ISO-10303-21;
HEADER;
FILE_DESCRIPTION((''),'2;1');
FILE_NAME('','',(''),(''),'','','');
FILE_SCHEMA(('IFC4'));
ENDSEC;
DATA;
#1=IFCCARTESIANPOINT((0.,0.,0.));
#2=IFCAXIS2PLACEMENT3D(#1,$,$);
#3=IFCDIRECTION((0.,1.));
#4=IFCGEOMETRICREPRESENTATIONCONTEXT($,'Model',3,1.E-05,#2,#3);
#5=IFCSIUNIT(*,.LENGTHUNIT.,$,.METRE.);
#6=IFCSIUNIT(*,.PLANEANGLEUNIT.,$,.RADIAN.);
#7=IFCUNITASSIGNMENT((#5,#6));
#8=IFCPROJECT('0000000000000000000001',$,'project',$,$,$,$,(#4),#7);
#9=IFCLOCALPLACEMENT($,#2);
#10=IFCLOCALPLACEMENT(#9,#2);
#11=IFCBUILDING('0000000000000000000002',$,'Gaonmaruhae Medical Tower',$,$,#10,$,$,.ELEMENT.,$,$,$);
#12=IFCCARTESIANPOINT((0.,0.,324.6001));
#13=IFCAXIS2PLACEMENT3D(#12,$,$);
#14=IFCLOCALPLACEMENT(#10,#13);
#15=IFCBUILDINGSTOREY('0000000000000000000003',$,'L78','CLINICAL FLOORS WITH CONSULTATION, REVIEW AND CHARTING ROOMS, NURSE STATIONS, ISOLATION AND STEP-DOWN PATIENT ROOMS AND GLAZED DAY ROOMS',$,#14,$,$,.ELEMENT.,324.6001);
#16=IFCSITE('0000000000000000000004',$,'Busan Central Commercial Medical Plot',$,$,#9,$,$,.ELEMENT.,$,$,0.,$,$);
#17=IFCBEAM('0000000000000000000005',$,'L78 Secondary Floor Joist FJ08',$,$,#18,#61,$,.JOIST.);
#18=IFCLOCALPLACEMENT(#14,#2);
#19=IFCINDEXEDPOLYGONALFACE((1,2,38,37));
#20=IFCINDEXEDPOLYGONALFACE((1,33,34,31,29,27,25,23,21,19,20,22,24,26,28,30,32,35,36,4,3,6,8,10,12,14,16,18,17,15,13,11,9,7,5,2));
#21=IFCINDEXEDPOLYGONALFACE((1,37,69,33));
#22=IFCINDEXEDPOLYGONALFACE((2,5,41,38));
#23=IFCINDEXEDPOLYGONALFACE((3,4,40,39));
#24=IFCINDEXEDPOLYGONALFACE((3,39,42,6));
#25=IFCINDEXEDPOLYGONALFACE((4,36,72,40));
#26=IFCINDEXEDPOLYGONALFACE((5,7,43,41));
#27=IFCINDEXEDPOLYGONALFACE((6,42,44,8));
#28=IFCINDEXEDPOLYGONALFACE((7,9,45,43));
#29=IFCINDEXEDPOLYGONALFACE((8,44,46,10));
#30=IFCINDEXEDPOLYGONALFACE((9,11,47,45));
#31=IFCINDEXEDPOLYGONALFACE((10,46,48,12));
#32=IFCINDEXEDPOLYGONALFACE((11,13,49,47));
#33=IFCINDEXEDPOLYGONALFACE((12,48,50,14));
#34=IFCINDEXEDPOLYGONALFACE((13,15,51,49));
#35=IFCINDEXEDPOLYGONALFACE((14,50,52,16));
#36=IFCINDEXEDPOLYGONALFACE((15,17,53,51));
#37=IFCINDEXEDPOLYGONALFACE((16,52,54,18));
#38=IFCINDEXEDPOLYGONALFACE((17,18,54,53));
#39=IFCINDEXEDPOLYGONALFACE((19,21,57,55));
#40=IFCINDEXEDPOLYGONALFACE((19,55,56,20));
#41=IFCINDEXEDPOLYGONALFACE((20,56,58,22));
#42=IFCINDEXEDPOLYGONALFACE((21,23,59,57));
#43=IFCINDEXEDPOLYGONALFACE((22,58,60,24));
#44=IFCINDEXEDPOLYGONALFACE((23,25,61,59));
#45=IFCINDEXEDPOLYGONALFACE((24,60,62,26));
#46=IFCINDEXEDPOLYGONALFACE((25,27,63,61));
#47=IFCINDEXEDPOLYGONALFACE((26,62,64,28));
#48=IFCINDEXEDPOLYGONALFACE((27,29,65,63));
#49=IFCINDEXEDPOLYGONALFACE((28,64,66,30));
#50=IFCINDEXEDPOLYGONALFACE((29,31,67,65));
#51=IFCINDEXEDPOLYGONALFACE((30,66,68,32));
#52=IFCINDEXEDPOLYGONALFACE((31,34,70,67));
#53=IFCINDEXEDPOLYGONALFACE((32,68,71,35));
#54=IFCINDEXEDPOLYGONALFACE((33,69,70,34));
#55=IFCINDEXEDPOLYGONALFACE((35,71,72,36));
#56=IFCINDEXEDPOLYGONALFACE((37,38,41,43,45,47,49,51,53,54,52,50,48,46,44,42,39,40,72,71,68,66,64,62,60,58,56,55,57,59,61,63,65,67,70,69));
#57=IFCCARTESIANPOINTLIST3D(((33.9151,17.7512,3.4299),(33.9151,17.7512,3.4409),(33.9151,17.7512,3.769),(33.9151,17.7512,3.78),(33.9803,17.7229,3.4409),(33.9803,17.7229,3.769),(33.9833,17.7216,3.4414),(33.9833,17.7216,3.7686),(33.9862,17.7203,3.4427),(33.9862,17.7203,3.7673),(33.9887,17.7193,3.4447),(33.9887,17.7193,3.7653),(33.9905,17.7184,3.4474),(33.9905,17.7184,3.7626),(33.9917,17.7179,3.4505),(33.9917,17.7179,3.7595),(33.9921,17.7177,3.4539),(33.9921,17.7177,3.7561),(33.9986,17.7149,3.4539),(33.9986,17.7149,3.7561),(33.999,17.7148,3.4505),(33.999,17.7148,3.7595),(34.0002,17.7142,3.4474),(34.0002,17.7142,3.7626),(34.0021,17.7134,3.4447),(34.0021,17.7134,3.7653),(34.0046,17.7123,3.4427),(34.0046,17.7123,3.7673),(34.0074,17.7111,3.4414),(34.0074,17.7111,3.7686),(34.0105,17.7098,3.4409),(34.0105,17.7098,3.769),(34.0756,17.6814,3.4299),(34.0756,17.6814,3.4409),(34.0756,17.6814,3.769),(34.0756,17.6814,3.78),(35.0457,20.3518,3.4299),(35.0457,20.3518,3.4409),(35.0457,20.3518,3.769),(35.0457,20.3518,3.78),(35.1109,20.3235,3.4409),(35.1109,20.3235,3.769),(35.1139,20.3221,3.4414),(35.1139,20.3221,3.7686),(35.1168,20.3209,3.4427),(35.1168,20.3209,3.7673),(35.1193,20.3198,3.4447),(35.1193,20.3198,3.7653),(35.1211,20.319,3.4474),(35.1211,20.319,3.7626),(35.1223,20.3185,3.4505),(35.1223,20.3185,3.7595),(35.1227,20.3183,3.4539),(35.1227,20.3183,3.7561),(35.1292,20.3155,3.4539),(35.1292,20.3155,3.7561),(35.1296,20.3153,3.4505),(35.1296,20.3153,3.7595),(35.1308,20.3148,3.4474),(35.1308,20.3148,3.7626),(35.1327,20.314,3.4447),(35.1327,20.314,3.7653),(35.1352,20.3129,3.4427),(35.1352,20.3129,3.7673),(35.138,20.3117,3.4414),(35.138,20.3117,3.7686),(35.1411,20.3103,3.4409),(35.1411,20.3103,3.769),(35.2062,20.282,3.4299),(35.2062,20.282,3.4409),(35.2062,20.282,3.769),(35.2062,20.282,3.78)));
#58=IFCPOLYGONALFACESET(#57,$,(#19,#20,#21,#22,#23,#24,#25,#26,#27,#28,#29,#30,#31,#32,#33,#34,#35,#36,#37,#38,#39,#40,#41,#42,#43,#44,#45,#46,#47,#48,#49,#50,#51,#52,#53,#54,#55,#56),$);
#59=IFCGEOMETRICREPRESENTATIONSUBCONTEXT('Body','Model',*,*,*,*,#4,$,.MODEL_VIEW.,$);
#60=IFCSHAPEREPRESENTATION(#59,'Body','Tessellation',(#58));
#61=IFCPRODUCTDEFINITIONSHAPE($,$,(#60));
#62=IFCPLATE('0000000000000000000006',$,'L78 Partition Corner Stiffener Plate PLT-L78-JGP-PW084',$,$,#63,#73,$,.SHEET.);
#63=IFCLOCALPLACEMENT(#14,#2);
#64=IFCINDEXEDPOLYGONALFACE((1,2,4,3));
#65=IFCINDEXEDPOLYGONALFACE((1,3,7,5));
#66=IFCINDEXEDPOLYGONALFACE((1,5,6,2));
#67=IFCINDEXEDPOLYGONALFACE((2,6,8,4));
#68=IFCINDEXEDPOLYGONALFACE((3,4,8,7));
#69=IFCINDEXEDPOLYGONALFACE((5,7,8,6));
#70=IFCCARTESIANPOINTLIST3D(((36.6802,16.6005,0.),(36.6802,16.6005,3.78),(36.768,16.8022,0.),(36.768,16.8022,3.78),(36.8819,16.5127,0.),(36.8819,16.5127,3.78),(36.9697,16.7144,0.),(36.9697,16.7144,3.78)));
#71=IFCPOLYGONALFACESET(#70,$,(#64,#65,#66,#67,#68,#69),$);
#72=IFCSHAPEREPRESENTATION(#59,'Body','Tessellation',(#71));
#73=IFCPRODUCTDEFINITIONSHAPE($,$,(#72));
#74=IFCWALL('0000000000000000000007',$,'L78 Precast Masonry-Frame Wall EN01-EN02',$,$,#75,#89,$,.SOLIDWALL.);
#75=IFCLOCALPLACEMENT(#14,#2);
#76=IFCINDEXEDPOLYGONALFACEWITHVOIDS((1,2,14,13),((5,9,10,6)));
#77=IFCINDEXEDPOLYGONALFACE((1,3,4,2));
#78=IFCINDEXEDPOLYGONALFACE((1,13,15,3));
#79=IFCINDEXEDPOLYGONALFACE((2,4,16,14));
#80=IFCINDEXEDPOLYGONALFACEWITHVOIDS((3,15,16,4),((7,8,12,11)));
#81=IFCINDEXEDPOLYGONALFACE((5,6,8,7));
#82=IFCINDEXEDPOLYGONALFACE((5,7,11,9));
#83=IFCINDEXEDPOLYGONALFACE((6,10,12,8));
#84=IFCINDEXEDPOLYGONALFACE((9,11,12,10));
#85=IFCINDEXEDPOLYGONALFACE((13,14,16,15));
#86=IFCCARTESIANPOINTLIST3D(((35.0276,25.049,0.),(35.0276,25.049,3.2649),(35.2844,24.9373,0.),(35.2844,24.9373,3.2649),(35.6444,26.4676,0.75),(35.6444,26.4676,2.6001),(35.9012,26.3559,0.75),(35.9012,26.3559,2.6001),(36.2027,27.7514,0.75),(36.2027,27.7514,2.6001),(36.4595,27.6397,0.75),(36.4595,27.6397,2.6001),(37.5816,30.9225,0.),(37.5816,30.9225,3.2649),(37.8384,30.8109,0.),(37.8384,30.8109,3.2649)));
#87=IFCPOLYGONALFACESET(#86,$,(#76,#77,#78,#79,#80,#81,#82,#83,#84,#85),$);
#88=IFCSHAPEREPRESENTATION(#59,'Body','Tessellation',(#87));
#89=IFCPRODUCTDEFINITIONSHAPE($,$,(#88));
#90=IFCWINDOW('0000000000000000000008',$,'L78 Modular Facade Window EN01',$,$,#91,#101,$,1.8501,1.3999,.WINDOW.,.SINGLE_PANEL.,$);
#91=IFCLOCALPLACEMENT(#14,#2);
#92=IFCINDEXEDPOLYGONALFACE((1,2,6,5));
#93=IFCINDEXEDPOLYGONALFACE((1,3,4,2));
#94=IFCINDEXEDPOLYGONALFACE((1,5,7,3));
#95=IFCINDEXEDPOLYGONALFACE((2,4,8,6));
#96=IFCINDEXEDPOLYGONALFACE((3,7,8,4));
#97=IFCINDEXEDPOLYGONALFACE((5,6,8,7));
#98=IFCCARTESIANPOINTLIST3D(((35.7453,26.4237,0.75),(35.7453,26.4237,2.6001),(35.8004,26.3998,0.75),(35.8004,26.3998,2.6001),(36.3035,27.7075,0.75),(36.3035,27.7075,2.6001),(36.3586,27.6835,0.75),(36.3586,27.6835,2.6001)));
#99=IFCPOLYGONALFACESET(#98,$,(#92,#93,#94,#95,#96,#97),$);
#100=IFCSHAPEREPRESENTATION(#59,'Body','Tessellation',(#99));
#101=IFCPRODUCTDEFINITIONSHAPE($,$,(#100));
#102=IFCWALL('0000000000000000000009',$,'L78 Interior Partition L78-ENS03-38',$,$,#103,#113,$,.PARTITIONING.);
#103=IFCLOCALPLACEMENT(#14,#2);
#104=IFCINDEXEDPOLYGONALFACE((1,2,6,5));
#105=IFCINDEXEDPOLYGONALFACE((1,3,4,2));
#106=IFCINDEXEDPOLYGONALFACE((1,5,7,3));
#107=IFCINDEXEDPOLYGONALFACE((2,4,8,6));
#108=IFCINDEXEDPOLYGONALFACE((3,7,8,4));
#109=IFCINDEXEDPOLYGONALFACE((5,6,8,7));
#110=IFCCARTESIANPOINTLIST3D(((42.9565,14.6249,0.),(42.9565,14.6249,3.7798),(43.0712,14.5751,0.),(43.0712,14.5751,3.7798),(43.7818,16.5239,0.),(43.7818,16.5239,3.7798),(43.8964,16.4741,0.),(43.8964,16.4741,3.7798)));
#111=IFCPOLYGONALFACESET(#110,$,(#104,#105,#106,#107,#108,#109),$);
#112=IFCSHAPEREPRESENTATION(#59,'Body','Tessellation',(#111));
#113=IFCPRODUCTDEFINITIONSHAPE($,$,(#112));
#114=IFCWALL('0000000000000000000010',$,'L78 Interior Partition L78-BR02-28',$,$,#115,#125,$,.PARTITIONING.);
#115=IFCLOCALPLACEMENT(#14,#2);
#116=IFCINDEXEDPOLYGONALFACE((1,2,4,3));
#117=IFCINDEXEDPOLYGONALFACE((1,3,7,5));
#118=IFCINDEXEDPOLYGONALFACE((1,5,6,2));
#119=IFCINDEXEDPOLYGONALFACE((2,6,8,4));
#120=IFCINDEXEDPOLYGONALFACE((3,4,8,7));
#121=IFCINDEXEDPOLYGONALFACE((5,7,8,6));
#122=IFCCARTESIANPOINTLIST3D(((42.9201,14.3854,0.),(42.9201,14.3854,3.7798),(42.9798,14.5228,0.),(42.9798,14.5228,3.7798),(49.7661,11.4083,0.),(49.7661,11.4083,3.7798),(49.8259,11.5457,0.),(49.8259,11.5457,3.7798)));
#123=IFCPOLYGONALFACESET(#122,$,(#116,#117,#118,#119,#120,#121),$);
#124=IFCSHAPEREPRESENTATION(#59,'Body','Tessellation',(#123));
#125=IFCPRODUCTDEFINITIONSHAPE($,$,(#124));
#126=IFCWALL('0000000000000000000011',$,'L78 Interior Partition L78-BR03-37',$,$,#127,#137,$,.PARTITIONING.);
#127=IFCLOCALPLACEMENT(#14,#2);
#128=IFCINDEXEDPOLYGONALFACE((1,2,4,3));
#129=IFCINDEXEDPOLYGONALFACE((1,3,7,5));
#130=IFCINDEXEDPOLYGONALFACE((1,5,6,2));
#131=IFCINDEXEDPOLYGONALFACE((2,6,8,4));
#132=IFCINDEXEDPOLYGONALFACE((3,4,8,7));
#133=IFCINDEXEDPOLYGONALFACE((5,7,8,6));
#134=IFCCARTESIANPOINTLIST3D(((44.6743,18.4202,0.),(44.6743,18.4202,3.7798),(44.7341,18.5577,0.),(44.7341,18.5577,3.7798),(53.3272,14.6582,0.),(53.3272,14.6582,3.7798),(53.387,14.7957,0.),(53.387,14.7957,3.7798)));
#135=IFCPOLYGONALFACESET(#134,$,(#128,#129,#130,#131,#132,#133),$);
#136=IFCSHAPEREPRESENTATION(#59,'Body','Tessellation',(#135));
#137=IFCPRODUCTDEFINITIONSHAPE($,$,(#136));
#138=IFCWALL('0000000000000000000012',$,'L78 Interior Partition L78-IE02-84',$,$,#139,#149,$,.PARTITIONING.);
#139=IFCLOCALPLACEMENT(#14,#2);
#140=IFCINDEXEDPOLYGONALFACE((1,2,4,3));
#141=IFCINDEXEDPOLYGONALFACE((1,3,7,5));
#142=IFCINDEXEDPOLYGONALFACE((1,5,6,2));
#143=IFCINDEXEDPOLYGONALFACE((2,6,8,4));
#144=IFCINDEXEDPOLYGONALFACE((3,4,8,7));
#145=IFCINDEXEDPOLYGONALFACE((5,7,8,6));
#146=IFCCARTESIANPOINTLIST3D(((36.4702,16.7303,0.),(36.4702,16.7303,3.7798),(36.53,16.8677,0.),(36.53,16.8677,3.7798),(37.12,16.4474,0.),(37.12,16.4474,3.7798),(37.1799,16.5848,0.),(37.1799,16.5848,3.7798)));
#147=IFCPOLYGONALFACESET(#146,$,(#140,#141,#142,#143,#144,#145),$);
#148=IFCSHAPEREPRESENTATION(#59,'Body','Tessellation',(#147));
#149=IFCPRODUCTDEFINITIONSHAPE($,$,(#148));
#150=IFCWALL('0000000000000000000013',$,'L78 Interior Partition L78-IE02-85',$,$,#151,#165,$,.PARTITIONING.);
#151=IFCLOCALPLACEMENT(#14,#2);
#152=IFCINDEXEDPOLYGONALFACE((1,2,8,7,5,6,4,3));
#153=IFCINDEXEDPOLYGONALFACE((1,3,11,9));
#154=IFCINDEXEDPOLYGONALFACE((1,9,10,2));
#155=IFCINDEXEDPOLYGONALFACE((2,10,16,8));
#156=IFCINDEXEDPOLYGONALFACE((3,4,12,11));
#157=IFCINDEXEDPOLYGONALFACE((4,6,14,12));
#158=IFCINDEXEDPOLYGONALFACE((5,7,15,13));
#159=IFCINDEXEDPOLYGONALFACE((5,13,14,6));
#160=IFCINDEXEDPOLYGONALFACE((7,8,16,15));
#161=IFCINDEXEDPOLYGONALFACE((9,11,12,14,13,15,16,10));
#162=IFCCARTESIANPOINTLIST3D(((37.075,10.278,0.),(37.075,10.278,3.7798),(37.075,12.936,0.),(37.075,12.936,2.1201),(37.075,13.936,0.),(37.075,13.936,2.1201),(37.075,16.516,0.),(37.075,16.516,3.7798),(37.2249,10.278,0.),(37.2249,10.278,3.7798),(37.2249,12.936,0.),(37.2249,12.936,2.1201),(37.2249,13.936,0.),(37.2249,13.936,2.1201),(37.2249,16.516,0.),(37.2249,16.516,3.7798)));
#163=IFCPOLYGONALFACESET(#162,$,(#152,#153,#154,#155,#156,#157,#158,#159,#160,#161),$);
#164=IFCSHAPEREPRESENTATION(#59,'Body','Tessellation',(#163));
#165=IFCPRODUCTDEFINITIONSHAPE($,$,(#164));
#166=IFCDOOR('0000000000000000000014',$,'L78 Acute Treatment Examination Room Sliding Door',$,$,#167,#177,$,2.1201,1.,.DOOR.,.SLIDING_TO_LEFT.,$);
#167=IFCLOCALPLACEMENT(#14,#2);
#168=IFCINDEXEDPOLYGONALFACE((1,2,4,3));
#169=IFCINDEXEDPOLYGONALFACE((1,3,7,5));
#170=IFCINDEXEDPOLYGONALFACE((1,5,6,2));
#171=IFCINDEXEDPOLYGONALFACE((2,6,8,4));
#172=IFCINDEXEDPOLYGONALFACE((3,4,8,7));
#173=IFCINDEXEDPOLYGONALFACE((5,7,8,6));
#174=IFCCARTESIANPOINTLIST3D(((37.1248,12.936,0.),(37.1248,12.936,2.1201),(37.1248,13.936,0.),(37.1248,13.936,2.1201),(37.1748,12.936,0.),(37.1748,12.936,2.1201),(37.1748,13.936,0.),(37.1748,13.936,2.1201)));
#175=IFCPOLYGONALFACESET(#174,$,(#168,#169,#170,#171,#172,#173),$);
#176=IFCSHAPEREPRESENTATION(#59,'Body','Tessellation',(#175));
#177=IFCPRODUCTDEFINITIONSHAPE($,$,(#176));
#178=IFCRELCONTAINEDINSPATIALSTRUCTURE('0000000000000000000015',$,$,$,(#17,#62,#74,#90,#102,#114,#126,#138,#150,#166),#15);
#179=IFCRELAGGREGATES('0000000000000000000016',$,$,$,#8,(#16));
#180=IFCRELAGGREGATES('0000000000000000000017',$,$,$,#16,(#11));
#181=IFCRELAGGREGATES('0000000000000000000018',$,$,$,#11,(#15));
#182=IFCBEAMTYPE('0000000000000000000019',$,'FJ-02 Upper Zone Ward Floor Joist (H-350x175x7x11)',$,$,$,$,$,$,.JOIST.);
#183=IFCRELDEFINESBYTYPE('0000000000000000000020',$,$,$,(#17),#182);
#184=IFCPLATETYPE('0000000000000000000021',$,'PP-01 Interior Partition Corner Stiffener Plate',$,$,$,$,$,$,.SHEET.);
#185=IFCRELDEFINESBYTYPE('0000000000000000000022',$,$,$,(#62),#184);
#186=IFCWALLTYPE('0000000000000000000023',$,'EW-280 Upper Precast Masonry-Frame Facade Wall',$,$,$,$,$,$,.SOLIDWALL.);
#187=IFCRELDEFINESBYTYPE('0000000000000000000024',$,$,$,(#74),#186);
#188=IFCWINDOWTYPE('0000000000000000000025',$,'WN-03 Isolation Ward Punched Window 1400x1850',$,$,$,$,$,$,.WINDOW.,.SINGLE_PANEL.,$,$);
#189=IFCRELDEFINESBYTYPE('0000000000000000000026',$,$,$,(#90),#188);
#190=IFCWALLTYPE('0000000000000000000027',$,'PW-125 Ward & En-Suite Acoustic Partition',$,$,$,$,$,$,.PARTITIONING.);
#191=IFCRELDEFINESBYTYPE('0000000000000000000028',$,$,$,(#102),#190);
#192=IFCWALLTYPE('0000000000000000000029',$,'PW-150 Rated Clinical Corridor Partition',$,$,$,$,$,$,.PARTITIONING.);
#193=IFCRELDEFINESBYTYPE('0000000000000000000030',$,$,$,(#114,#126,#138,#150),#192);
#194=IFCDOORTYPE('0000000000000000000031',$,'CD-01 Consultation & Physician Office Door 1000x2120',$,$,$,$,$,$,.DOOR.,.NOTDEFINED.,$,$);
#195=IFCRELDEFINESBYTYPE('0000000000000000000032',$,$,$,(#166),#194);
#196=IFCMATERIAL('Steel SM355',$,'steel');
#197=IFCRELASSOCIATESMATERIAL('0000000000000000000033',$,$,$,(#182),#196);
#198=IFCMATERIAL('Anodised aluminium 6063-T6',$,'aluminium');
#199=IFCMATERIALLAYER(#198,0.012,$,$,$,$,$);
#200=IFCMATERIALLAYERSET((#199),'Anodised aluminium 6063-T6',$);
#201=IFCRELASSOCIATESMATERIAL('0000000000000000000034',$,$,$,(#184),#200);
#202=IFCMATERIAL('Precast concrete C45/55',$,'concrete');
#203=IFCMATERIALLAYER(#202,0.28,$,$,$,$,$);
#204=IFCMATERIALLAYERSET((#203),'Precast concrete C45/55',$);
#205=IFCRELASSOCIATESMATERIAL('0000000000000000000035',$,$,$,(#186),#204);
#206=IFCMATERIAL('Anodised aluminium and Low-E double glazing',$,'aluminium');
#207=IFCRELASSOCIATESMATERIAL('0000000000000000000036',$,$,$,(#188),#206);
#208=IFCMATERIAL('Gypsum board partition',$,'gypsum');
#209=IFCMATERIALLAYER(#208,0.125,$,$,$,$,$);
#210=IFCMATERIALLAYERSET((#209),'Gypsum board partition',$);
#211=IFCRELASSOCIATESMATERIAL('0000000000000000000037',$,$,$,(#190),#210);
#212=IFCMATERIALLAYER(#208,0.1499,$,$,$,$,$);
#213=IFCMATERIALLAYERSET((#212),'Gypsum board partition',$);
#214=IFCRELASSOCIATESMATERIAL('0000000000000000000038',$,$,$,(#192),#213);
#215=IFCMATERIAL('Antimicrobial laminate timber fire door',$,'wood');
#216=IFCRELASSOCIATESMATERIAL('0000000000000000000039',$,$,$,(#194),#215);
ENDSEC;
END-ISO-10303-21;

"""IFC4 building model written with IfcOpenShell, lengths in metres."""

from ifc_helpers import new_model, si_unit, direction, frame, frame_2d, origin, origin_2d, place, context, subcontext, project, spatial, rectangle, i_section, extrude, material, layer, layer_set, material_profile, profile_set, type_object, element, fill, save


model = new_model("IFC4")

# Units and contexts
model_context = context("Model", 3, precision=1e-05, world=origin(), true_north=direction((0.0, 1.0)))
body_context = subcontext(model_context, "Body", "Model", "MODEL_VIEW")
ifc_project = project(units=[si_unit("LENGTHUNIT", "METRE"), si_unit("PLANEANGLEUNIT", "RADIAN")], contexts=[model_context])

# Site, building, storey
site_placement = place(None, origin())
site = spatial("IfcSite", under=ifc_project, at=site_placement, Name="Busan Central Commercial Medical Plot", CompositionType="ELEMENT", RefElevation=0.0)
building_placement = place(site_placement, origin())
building = spatial("IfcBuilding", under=site, at=building_placement, Name="Gaonmaruhae Medical Tower", CompositionType="ELEMENT")
storey_placement = place(building_placement, frame((0.0, 0.0, 324.6001)))
storey = spatial("IfcBuildingStorey", under=building, at=storey_placement, Name="L78", Description="CLINICAL FLOORS WITH CONSULTATION, REVIEW AND CHARTING ROOMS, NURSE STATIONS, ISOLATION AND STEP-DOWN PATIENT ROOMS AND GLAZED DAY ROOMS", CompositionType="ELEMENT", Elevation=324.6001)

# Beam
ifc_material_1 = material(Name="Steel SM355", Category="steel")
ifc_material_profile_1 = material_profile(ifc_material_1, i_section(OverallWidth=0.175, OverallDepth=0.3501, WebThickness=0.0071, FlangeThickness=0.011, FilletRadius=0.0129, at=origin_2d()), Name="H-350x175x7x11")
ifc_profile_set_1 = profile_set([ifc_material_profile_1], Name="Steel SM355")
beam_type_1 = type_object("IfcBeamType", Name="FJ-02 Upper Zone Ward Floor Joist (H-350x175x7x11)", PredefinedType="JOIST", material=ifc_profile_set_1)
beam_1_placement = place(storey_placement, frame((35.126, 20.3169, 3.605), z_axis=(-0.398704, -0.91708, 0.0), x_axis=(0.91708, -0.398704, 0.0)))
element("IfcBeam", 1, at=beam_1_placement, inside=storey, type_object=beam_type_1, Name="L78 Secondary Floor Joist FJ08", PredefinedType="JOIST", context=body_context, shape_type="SweptSolid", body=[
    extrude(i_section(OverallWidth=0.175, OverallDepth=0.3501, WebThickness=0.0071, FlangeThickness=0.011, FilletRadius=0.0129, at=origin_2d()), origin(), (0.0, 0.0, 1.0), 2.8357),
])

# Plate
ifc_material_2 = material(Name="Anodised aluminium 6063-T6", Category="aluminium")
ifc_layer_1 = layer(ifc_material_2, 0.012)
ifc_layer_set_1 = layer_set([ifc_layer_1], Name="Anodised aluminium 6063-T6")
plate_type = type_object("IfcPlateType", Name="PP-01 Interior Partition Corner Stiffener Plate", PredefinedType="SHEET", material=ifc_layer_set_1)
plate_placement = place(storey_placement, frame((36.825, 16.6575, 0.0), z_axis=(0.0, 0.0, 1.0), x_axis=(0.916865, -0.399197, 0.0)))
element("IfcPlate", 2, at=plate_placement, inside=storey, type_object=plate_type, Name="L78 Partition Corner Stiffener Plate PLT-L78-JGP-PW084", PredefinedType="SHEET", context=body_context, shape_type="SweptSolid", body=[
    extrude(rectangle(XDim=0.22, YDim=0.22, at=origin_2d()), origin(), (0.0, 0.0, 1.0), 3.78),
])

# Wall, opening, window
ifc_material_3 = material(Name="Precast concrete C45/55", Category="concrete")
ifc_layer_2 = layer(ifc_material_3, 0.28)
ifc_layer_set_2 = layer_set([ifc_layer_2], Name="Precast concrete C45/55")
wall_type_1 = type_object("IfcWallType", Name="EW-280 Upper Precast Masonry-Frame Facade Wall", PredefinedType="SOLIDWALL", material=ifc_layer_set_2)
wall_1_placement = place(storey_placement, frame((35.156, 24.9932, 0.0), z_axis=(0.0, 0.0, 1.0), x_axis=(0.398758, 0.917056, 0.0)))
wall_1 = element("IfcWall", 3, at=wall_1_placement, inside=storey, type_object=wall_type_1, Name="L78 Precast Masonry-Frame Wall EN01-EN02", PredefinedType="SOLIDWALL", context=body_context, shape_type="SweptSolid", body=[
    extrude(rectangle(XDim=6.4048, YDim=0.28, at=frame_2d((3.2024, 0.0))), origin(), (0.0, 0.0, 1.0), 3.2649),
])
opening_1_placement = place(wall_1_placement, frame((1.5469, 0.0, 0.75)))
opening_1 = element("IfcOpeningElement", 4, at=opening_1_placement, cuts=wall_1, PredefinedType="OPENING", context=body_context, shape_type="SweptSolid", body=[
    extrude(rectangle(XDim=1.3999, YDim=1.8501, at=frame_2d((0.7, 0.925))), frame((0.0, 0.1499, 0.0), z_axis=(0.0, -1.0, 0.0), x_axis=(1.0, 0.0, 0.0)), (0.0, 0.0, 1.0), 0.3),
])
ifc_material_4 = material(Name="Anodised aluminium and Low-E double glazing", Category="aluminium")
window_type = type_object("IfcWindowType", Name="WN-03 Isolation Ward Punched Window 1400x1850", PartitioningType="SINGLE_PANEL", PredefinedType="WINDOW", material=ifc_material_4)
window_placement = place(opening_1_placement, origin())
window = element("IfcWindow", 5, at=window_placement, inside=storey, type_object=window_type, Name="L78 Modular Facade Window EN01", OverallHeight=1.8501, OverallWidth=1.3999, PartitioningType="SINGLE_PANEL", PredefinedType="WINDOW", context=body_context, shape_type="SweptSolid", body=[
    extrude(rectangle(XDim=1.3999, YDim=1.8501, at=frame_2d((0.7, 0.925))), frame((0.0, 0.03, 0.0), z_axis=(0.0, -1.0, 0.0), x_axis=(1.0, 0.0, 0.0)), (0.0, 0.0, 1.0), 0.0601),
])
fill(opening_1, window)

# Walls
ifc_material_5 = material(Name="Gypsum board partition", Category="gypsum")
ifc_layer_3 = layer(ifc_material_5, 0.125)
ifc_layer_set_3 = layer_set([ifc_layer_3], Name="Gypsum board partition")
wall_type_2 = type_object("IfcWallType", Name="PW-125 Ward & En-Suite Acoustic Partition", PredefinedType="PARTITIONING", material=ifc_layer_set_3)
wall_2_placement = place(storey_placement, frame((43.0139, 14.6001, 0.0), z_axis=(0.0, 0.0, 1.0), x_axis=(0.398554, 0.917145, 0.0)))
element("IfcWall", 6, at=wall_2_placement, inside=storey, type_object=wall_type_2, Name="L78 Interior Partition L78-ENS03-38", PredefinedType="PARTITIONING", context=body_context, shape_type="SweptSolid", body=[
    extrude(rectangle(XDim=2.0706, YDim=0.125, at=frame_2d((1.0352, 0.0))), origin(), (0.0, 0.0, 1.0), 3.7798),
])
ifc_layer_4 = layer(ifc_material_5, 0.1499)
ifc_layer_set_4 = layer_set([ifc_layer_4], Name="Gypsum board partition")
wall_type_3 = type_object("IfcWallType", Name="PW-150 Rated Clinical Corridor Partition", PredefinedType="PARTITIONING", material=ifc_layer_set_4)
wall_3_placement = place(storey_placement, frame((42.95, 14.4541, 0.0), z_axis=(0.0, 0.0, 1.0), x_axis=(0.917043, -0.398788, 0.0)))
element("IfcWall", 7, at=wall_3_placement, inside=storey, type_object=wall_type_3, Name="L78 Interior Partition L78-BR02-28", PredefinedType="PARTITIONING", context=body_context, shape_type="SweptSolid", body=[
    extrude(rectangle(XDim=7.4653, YDim=0.1499, at=frame_2d((3.7327, 0.0))), origin(), (0.0, 0.0, 1.0), 3.7798),
])

# Shared definitions
ifc_material_6 = material(Name="Antimicrobial laminate timber fire door", Category="wood")

# Walls
wall_4_placement = place(storey_placement, frame((44.7041, 18.489, 0.0), z_axis=(0.0, 0.0, 1.0), x_axis=(0.917075, -0.398714, 0.0)))
element("IfcWall", 8, at=wall_4_placement, inside=storey, type_object=wall_type_3, Name="L78 Interior Partition L78-BR03-37", PredefinedType="PARTITIONING", context=body_context, shape_type="SweptSolid", body=[
    extrude(rectangle(XDim=9.4353, YDim=0.1499, at=frame_2d((4.7178, 0.0))), origin(), (0.0, 0.0, 1.0), 3.7798),
])
wall_5_placement = place(storey_placement, frame((36.5, 16.7991, 0.0), z_axis=(0.0, 0.0, 1.0), x_axis=(0.916867, -0.399192, 0.0)))
element("IfcWall", 9, at=wall_5_placement, inside=storey, type_object=wall_type_3, Name="L78 Interior Partition L78-IE02-84", PredefinedType="PARTITIONING", context=body_context, shape_type="SweptSolid", body=[
    extrude(rectangle(XDim=0.7087, YDim=0.1499, at=frame_2d((0.3545, 0.0))), origin(), (0.0, 0.0, 1.0), 3.7798),
])

# Wall, opening, door
wall_6_placement = place(storey_placement, frame((37.1499, 16.5161, 0.0), z_axis=(0.0, 0.0, 1.0), x_axis=(0.0, -1.0, 0.0)))
wall_6 = element("IfcWall", 10, at=wall_6_placement, inside=storey, type_object=wall_type_3, Name="L78 Interior Partition L78-IE02-85", PredefinedType="PARTITIONING", context=body_context, shape_type="SweptSolid", body=[
    extrude(rectangle(XDim=6.238, YDim=0.1499, at=frame_2d((3.1191, 0.0))), origin(), (0.0, 0.0, 1.0), 3.7798),
])
opening_2_placement = place(wall_6_placement, frame((2.5801, 0.0, 0.0)))
opening_2 = element("IfcOpeningElement", 11, at=opening_2_placement, cuts=wall_6, PredefinedType="OPENING", context=body_context, shape_type="SweptSolid", body=[
    extrude(rectangle(XDim=1.0, YDim=2.1201, at=frame_2d((0.5, 1.0601))), frame((0.0, 0.085, 0.0), z_axis=(0.0, -1.0, 0.0), x_axis=(1.0, 0.0, 0.0)), (0.0, 0.0, 1.0), 0.1699),
])
door_type_1 = type_object("IfcDoorType", Name="CD-01 Consultation & Physician Office Door 1000x2120", OperationType="NOTDEFINED", PredefinedType="DOOR", material=ifc_material_6)
door_1_placement = place(opening_2_placement, origin())
door_1 = element("IfcDoor", 12, at=door_1_placement, inside=storey, type_object=door_type_1, Name="L78 Acute Treatment Examination Room Sliding Door", OperationType="SLIDING_TO_LEFT", OverallHeight=2.1201, OverallWidth=1.0, PredefinedType="DOOR", context=body_context, shape_type="SweptSolid", body=[
    extrude(rectangle(XDim=1.0, YDim=2.1201, at=frame_2d((0.5, 1.0601))), frame((0.0, 0.0249, 0.0), z_axis=(0.0, -1.0, 0.0), x_axis=(1.0, 0.0, 0.0)), (0.0, 0.0, 1.0), 0.05),
])
fill(opening_2, door_1)

save(model, "model.ifc")
